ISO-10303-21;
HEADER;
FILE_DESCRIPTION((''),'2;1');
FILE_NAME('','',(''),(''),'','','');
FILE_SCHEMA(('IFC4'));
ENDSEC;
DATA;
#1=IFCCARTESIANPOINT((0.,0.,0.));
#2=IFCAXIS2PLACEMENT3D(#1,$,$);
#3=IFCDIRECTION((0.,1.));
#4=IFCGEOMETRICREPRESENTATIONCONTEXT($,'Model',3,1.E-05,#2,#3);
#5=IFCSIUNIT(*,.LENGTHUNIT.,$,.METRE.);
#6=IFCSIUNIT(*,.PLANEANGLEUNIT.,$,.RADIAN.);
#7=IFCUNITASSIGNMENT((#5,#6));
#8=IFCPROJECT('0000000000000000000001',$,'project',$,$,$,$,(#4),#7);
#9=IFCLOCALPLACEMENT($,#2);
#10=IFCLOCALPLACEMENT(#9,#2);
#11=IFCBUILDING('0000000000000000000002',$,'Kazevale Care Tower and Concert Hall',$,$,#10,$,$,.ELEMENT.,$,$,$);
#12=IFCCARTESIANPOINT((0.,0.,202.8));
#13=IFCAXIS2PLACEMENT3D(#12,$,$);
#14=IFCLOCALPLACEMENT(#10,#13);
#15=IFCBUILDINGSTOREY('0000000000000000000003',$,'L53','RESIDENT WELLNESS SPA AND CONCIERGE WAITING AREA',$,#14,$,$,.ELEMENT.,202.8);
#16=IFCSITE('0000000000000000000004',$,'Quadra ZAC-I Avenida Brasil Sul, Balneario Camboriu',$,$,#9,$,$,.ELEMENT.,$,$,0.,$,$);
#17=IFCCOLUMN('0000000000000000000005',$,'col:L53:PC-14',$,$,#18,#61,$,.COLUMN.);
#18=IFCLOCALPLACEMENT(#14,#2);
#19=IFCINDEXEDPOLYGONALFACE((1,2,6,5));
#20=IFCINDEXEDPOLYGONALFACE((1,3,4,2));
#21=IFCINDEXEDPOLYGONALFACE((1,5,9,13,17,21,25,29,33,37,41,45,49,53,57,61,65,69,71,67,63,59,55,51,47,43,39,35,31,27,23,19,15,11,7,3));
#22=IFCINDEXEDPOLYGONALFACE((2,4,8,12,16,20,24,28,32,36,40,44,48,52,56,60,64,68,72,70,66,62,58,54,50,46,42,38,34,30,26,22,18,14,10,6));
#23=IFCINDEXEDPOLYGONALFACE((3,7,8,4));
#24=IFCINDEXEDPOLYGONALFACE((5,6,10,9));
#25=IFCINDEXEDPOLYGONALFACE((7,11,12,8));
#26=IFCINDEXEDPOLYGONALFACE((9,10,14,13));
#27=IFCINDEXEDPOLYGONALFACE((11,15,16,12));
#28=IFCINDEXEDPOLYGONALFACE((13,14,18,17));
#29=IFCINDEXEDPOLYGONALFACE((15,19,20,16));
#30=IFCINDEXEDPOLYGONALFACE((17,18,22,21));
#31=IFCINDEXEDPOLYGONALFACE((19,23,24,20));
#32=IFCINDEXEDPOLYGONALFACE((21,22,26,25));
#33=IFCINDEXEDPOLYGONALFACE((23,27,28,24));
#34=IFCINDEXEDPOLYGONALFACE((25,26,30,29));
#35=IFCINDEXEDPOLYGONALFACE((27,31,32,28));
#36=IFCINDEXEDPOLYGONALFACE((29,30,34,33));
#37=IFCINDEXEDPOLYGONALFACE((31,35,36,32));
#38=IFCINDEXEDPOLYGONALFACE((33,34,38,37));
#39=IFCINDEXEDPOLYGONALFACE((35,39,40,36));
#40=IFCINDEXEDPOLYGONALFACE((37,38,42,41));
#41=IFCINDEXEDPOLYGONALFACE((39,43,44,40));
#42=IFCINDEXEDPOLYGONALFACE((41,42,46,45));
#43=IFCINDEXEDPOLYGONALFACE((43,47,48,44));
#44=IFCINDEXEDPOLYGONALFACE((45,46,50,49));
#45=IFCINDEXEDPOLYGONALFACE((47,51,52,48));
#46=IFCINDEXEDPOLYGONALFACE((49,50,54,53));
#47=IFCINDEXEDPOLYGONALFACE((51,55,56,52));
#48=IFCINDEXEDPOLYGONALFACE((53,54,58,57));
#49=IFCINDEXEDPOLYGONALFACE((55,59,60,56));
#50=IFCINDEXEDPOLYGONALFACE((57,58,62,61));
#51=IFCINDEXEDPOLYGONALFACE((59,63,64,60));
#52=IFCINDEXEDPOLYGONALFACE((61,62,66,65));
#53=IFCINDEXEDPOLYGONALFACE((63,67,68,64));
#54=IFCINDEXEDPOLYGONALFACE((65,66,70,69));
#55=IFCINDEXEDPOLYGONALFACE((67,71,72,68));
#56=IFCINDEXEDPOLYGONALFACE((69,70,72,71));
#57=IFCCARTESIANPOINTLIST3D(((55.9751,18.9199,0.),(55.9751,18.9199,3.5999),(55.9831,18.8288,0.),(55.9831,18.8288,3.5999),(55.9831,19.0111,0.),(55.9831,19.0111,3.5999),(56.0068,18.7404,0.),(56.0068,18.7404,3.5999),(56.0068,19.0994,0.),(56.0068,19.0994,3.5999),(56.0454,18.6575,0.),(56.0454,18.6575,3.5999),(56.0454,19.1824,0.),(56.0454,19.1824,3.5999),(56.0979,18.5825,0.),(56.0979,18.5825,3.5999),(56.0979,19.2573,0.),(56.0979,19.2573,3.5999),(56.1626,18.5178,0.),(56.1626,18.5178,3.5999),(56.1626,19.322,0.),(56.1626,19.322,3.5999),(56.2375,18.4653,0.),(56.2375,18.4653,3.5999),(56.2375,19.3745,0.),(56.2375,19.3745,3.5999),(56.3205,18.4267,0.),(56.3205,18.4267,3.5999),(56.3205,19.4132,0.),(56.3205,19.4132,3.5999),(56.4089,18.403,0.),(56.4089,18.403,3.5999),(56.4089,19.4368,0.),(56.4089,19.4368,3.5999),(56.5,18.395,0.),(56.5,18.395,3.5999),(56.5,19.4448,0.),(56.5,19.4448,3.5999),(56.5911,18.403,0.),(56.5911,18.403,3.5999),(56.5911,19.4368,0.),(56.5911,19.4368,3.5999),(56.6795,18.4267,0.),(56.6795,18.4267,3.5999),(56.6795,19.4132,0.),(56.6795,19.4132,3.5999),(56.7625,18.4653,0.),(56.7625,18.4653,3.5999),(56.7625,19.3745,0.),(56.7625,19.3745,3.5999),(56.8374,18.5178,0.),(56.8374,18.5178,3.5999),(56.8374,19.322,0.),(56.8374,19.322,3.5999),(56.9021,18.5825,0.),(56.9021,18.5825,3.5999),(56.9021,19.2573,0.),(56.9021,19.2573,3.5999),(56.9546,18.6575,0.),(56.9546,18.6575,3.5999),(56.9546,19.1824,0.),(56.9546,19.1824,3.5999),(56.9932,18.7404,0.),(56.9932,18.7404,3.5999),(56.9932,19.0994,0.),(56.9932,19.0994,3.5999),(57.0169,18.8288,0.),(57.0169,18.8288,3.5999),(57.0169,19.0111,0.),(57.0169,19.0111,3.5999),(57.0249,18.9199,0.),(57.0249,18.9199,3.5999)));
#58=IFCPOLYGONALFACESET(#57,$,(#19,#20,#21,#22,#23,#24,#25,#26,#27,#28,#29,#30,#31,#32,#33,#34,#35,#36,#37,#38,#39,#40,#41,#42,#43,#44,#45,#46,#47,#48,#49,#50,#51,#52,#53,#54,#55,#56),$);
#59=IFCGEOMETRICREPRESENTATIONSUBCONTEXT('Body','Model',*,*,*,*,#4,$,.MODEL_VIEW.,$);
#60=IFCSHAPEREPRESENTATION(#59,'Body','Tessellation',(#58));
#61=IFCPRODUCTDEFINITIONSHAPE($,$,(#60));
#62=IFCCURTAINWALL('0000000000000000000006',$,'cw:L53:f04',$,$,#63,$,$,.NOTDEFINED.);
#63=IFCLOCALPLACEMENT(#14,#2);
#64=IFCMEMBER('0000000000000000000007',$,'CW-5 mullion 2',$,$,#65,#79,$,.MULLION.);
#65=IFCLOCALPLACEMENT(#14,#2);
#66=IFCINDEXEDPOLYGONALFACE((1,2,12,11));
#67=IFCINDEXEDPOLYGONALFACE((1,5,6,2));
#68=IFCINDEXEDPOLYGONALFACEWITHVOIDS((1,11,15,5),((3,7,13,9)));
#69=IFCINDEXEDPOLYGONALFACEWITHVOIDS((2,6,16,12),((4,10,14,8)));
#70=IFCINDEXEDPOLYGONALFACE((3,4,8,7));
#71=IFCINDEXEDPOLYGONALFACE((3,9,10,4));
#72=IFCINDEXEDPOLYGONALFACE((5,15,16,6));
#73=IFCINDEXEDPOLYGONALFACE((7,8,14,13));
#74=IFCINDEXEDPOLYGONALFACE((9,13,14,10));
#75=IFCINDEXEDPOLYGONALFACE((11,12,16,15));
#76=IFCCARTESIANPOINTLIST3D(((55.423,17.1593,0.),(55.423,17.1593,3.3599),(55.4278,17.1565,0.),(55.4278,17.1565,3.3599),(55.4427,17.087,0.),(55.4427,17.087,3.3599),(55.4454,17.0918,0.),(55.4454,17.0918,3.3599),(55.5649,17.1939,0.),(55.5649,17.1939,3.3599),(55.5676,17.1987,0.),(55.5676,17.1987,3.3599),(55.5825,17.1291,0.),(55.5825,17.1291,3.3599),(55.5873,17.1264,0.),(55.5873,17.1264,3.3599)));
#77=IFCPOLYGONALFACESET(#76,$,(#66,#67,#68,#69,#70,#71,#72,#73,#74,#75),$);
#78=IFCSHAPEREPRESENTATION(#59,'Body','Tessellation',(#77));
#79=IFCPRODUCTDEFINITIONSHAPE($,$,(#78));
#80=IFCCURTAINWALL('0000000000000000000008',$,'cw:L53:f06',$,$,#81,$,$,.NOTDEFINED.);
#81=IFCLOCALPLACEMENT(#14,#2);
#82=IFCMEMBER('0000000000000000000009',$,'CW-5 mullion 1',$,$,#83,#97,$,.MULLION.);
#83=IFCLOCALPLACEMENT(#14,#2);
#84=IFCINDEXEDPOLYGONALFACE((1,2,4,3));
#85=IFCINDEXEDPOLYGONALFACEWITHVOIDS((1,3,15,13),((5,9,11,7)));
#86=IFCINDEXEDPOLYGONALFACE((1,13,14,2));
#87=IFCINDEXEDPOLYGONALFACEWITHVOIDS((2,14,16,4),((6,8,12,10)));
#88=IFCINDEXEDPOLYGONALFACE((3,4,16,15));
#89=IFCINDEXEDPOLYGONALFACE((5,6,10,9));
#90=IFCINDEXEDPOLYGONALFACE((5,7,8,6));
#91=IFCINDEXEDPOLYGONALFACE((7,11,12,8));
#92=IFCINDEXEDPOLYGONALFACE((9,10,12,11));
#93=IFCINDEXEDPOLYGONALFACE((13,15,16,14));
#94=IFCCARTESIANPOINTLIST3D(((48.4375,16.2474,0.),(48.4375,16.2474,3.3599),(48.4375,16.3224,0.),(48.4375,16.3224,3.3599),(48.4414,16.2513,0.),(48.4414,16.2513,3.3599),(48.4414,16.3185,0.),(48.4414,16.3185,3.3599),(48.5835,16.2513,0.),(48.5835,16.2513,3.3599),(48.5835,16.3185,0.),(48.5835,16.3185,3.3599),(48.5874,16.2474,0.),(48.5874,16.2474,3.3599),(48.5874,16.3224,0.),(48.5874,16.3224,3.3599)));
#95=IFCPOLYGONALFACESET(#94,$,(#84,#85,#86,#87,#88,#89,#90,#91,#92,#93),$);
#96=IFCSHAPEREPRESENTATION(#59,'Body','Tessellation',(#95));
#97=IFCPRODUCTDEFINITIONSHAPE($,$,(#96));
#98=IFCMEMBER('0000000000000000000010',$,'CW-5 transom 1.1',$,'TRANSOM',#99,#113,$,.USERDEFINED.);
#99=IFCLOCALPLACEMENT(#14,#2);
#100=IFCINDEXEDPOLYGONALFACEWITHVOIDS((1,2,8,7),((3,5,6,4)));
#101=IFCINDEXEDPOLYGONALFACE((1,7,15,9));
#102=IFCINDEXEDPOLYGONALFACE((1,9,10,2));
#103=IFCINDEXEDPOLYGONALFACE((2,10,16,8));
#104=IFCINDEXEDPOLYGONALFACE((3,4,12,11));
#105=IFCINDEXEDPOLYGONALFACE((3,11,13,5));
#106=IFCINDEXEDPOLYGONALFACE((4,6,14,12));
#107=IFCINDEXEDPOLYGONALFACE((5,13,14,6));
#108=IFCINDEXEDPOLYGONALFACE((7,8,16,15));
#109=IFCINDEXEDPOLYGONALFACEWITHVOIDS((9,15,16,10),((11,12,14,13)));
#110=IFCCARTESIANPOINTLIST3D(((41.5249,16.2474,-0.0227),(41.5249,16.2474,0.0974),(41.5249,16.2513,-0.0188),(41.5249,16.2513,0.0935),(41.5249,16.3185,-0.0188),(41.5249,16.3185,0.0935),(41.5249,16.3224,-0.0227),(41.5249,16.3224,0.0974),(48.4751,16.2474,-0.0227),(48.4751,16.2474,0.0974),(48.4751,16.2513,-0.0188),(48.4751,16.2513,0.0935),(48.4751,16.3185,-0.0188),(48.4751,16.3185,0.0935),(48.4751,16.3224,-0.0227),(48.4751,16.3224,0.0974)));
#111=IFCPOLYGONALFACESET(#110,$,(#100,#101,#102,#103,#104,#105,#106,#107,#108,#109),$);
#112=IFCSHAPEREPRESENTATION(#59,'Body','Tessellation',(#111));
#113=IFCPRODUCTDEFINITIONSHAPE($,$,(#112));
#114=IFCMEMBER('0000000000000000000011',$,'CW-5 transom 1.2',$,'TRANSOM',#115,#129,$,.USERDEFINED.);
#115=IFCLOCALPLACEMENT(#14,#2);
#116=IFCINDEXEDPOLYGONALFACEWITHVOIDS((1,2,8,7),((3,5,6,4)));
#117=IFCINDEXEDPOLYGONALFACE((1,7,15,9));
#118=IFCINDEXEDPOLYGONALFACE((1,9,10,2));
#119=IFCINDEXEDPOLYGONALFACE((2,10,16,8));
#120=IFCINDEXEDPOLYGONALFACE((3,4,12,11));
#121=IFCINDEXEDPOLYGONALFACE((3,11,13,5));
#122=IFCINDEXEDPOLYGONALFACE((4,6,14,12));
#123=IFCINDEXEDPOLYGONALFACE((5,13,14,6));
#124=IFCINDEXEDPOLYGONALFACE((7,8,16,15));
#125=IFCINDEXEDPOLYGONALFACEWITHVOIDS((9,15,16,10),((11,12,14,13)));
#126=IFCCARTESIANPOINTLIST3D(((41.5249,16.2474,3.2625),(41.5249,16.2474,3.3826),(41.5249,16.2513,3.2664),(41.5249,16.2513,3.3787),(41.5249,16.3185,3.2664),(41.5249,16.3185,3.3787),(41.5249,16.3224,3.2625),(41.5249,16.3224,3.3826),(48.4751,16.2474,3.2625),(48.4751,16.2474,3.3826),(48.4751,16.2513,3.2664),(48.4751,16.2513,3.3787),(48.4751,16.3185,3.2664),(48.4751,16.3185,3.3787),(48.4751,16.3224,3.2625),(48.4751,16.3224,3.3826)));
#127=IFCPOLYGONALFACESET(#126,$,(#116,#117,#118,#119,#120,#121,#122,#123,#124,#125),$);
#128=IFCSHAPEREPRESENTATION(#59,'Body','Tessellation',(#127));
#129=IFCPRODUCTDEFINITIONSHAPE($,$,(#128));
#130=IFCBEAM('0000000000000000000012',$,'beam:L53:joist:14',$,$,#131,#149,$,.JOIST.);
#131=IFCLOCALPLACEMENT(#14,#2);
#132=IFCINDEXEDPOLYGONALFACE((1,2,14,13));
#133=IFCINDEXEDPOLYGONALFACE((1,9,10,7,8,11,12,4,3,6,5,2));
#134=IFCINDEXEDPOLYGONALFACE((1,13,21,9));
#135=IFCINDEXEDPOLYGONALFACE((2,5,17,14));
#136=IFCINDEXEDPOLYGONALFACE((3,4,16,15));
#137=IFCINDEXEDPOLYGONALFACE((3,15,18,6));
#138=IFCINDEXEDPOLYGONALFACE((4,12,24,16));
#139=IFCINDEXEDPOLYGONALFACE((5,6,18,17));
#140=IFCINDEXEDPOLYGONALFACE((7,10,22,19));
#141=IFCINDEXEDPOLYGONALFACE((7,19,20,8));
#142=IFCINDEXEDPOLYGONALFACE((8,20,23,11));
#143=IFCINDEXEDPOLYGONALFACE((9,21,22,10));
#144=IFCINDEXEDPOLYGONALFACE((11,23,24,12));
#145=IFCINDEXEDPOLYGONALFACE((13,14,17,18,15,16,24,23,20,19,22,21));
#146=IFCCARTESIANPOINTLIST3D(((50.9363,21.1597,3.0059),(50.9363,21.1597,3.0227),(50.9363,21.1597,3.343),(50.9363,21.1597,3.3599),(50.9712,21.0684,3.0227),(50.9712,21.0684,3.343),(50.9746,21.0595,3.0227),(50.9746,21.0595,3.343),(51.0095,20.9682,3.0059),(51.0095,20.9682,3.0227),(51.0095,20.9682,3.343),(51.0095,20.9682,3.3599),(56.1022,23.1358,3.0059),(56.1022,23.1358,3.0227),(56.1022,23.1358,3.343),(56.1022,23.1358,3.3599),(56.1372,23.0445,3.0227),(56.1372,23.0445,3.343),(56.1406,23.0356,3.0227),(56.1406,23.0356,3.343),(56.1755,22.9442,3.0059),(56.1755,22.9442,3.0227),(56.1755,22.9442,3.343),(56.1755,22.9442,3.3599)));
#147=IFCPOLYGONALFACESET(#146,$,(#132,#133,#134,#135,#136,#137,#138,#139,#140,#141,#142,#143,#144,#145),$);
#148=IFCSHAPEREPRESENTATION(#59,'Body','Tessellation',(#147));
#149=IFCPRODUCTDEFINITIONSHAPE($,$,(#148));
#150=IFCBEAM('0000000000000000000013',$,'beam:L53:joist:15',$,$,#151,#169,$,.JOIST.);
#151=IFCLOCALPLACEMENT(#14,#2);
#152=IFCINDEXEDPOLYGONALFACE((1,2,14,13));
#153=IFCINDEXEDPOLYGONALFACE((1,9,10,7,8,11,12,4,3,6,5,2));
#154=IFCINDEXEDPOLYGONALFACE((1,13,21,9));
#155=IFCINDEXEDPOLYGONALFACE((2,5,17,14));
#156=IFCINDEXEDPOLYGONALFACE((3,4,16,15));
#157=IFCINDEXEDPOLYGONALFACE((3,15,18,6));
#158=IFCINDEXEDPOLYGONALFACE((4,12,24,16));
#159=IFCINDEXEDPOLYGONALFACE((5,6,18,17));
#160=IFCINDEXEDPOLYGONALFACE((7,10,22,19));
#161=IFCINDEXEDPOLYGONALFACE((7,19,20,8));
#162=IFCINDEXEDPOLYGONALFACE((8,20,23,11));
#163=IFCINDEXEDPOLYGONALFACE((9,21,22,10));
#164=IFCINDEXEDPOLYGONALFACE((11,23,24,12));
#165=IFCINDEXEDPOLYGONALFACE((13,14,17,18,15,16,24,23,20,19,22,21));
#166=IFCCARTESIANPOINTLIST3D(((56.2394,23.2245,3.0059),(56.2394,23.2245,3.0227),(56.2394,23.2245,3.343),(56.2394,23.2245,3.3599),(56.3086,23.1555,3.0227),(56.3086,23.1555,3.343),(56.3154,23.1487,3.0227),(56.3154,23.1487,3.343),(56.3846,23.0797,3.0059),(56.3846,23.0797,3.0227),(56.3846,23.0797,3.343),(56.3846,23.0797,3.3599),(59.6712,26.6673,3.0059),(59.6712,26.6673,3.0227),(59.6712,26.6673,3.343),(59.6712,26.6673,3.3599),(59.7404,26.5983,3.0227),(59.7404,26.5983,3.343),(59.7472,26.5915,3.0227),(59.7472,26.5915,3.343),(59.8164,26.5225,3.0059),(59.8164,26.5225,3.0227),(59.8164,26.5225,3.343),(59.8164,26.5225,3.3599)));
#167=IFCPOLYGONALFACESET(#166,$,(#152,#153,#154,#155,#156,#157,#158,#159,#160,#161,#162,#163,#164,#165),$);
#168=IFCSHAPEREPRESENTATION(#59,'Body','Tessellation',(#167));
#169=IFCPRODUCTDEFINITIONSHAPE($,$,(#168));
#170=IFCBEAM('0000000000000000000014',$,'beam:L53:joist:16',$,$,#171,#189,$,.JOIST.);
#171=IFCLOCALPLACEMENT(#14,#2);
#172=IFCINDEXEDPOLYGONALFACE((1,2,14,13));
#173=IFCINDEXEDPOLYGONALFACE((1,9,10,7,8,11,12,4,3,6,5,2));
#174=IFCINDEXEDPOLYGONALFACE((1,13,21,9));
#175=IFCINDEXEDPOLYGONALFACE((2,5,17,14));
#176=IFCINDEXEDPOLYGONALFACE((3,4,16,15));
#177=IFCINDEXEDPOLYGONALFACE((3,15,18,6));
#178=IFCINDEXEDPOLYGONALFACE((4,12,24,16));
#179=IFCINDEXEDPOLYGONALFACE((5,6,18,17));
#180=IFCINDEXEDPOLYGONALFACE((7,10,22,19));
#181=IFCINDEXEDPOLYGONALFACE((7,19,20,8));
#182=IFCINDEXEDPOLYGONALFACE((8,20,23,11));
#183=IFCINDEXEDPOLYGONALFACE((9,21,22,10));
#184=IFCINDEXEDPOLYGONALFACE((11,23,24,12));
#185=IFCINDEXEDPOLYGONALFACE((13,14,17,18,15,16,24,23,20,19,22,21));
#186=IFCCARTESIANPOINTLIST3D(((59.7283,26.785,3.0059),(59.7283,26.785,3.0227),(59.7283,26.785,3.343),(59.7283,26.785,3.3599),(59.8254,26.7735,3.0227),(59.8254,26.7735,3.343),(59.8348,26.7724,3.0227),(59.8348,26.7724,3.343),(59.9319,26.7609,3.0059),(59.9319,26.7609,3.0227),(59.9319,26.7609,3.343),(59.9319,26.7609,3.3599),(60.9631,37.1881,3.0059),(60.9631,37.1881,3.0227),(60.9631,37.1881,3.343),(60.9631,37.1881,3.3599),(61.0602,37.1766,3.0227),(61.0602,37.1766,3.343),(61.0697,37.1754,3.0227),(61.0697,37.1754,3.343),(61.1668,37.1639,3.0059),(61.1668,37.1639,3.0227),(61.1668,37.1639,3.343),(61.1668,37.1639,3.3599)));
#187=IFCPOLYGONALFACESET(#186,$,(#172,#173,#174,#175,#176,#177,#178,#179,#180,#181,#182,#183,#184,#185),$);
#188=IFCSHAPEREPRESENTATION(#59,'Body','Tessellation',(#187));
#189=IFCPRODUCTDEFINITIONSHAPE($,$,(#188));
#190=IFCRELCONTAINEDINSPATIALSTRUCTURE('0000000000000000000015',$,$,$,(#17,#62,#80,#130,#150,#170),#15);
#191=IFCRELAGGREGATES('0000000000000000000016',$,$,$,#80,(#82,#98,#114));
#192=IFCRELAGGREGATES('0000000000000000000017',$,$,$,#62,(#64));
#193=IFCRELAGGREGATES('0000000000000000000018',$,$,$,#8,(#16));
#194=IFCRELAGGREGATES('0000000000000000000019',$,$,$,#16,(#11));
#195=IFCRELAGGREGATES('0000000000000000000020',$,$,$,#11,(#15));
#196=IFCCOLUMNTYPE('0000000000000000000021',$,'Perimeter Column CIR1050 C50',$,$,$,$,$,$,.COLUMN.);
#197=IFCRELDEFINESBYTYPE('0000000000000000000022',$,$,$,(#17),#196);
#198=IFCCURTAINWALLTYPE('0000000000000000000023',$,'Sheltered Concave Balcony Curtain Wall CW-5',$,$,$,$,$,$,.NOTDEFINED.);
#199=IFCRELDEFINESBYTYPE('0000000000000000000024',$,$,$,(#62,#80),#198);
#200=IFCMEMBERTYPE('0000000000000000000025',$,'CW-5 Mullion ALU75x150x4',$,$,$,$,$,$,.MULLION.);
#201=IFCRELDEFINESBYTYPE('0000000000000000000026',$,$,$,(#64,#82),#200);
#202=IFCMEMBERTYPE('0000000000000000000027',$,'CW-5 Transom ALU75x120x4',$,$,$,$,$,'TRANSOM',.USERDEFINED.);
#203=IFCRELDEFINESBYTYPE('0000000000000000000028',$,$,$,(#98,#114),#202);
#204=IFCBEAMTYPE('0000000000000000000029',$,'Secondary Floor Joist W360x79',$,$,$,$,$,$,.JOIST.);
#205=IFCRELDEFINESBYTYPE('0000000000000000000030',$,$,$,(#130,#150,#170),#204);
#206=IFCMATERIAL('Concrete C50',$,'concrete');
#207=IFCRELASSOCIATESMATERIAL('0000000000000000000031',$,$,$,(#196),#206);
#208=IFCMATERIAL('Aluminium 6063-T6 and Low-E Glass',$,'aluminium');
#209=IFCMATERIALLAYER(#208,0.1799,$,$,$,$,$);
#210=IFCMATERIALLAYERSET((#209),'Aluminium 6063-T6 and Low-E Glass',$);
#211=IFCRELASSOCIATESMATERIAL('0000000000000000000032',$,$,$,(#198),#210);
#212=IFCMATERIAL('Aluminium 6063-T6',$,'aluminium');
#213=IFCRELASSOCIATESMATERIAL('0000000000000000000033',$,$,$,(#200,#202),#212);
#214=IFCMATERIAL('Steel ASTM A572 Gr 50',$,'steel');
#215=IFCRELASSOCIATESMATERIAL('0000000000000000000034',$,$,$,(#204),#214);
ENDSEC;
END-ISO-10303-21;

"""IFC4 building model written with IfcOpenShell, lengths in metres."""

from ifc_helpers import new_model, si_unit, direction, frame, origin, origin_2d, place, context, subcontext, project, spatial, hollow_rectangle, circle, i_section, extrude, material, layer, layer_set, material_profile, profile_set, type_object, element, aggregate, save


model = new_model("IFC4")

# Units and contexts
model_context = context("Model", 3, precision=1e-05, world=origin(), true_north=direction((0.0, 1.0)))
body_context = subcontext(model_context, "Body", "Model", "MODEL_VIEW")
ifc_project = project(units=[si_unit("LENGTHUNIT", "METRE"), si_unit("PLANEANGLEUNIT", "RADIAN")], contexts=[model_context])

# Site, building, storey
site_placement = place(None, origin())
site = spatial("IfcSite", under=ifc_project, at=site_placement, Name="Quadra ZAC-I Avenida Brasil Sul, Balneario Camboriu", CompositionType="ELEMENT", RefElevation=0.0)
building_placement = place(site_placement, origin())
building = spatial("IfcBuilding", under=site, at=building_placement, Name="Kazevale Care Tower and Concert Hall", CompositionType="ELEMENT")
storey_placement = place(building_placement, frame((0.0, 0.0, 202.8)))
storey = spatial("IfcBuildingStorey", under=building, at=storey_placement, Name="L53", Description="RESIDENT WELLNESS SPA AND CONCIERGE WAITING AREA", CompositionType="ELEMENT", Elevation=202.8)

# Column
ifc_material_1 = material(Name="Concrete C50", Category="concrete")
ifc_material_profile_1 = material_profile(ifc_material_1, circle(Radius=0.5249, at=origin_2d()), Name="RC-CIR1050")
ifc_profile_set_1 = profile_set([ifc_material_profile_1], Name="Concrete C50")
column_type = type_object("IfcColumnType", Name="Perimeter Column CIR1050 C50", PredefinedType="COLUMN", material=ifc_profile_set_1)
column_placement = place(storey_placement, frame((56.5, 18.9199, 0.0), z_axis=(0.0, 0.0, 1.0), x_axis=(1.0, 0.0, 0.0)))
element("IfcColumn", 1, at=column_placement, inside=storey, type_object=column_type, Name="col:L53:PC-14", PredefinedType="COLUMN", context=body_context, shape_type="SweptSolid", body=[
    extrude(circle(Radius=0.5249, at=origin_2d()), origin(), (0.0, 0.0, 1.0), 3.5999),
])

# Curtain wall, member
ifc_material_2 = material(Name="Aluminium 6063-T6 and Low-E Glass", Category="aluminium")
ifc_layer_1 = layer(ifc_material_2, 0.1799)
ifc_layer_set_1 = layer_set([ifc_layer_1], Name="Aluminium 6063-T6 and Low-E Glass")
curtain_wall_type = type_object("IfcCurtainWallType", Name="Sheltered Concave Balcony Curtain Wall CW-5", PredefinedType="NOTDEFINED", material=ifc_layer_set_1)
curtain_wall_1_placement = place(storey_placement, origin())
curtain_wall_1 = element("IfcCurtainWall", 2, at=curtain_wall_1_placement, inside=storey, type_object=curtain_wall_type, Name="cw:L53:f04", PredefinedType="NOTDEFINED")
ifc_material_3 = material(Name="Aluminium 6063-T6", Category="aluminium")
ifc_material_profile_2 = material_profile(ifc_material_3, hollow_rectangle(XDim=0.075, YDim=0.1499, WallThickness=0.0039, at=origin_2d()), Name="ALU75x150x4")
ifc_profile_set_2 = profile_set([ifc_material_profile_2], Name="Aluminium 6063-T6")
member_type_1 = type_object("IfcMemberType", Name="CW-5 Mullion ALU75x150x4", PredefinedType="MULLION", material=ifc_profile_set_2)
member_1_placement = place(storey_placement, frame((55.5051, 17.1428, 0.0), z_axis=(0.0, 0.0, 1.0), x_axis=(0.262849, -0.964837, 0.0)))
member_1 = element("IfcMember", 3, at=member_1_placement, type_object=member_type_1, Name="CW-5 mullion 2", PredefinedType="MULLION", context=body_context, shape_type="SweptSolid", body=[
    extrude(hollow_rectangle(XDim=0.075, YDim=0.1499, WallThickness=0.0039, at=origin_2d()), origin(), (0.0, 0.0, 1.0), 3.3599),
])

# Curtain wall, members
curtain_wall_2_placement = place(storey_placement, origin())
curtain_wall_2 = element("IfcCurtainWall", 4, at=curtain_wall_2_placement, inside=storey, type_object=curtain_wall_type, Name="cw:L53:f06", PredefinedType="NOTDEFINED")
member_2_placement = place(storey_placement, frame((48.5125, 16.2849, 0.0), z_axis=(0.0, 0.0, 1.0), x_axis=(0.0, -1.0, 0.0)))
member_2 = element("IfcMember", 5, at=member_2_placement, type_object=member_type_1, Name="CW-5 mullion 1", PredefinedType="MULLION", context=body_context, shape_type="SweptSolid", body=[
    extrude(hollow_rectangle(XDim=0.075, YDim=0.1499, WallThickness=0.0039, at=origin_2d()), origin(), (0.0, 0.0, 1.0), 3.3599),
])
ifc_material_profile_3 = material_profile(ifc_material_3, hollow_rectangle(XDim=0.075, YDim=0.1201, WallThickness=0.0039, at=origin_2d()), Name="ALU75x120x4")
ifc_profile_set_3 = profile_set([ifc_material_profile_3], Name="Aluminium 6063-T6")
member_type_2 = type_object("IfcMemberType", Name="CW-5 Transom ALU75x120x4", ElementType="TRANSOM", PredefinedType="USERDEFINED", material=ifc_profile_set_3)
member_3_placement = place(storey_placement, frame((48.4751, 16.2849, 0.0374), z_axis=(-1.0, 0.0, 0.0), x_axis=(0.0, -1.0, 0.0)))
member_3 = element("IfcMember", 6, at=member_3_placement, type_object=member_type_2, Name="CW-5 transom 1.1", ObjectType="TRANSOM", PredefinedType="USERDEFINED", context=body_context, shape_type="SweptSolid", body=[
    extrude(hollow_rectangle(XDim=0.075, YDim=0.1201, WallThickness=0.0039, at=origin_2d()), origin(), (0.0, 0.0, 1.0), 6.9502),
])
member_4_placement = place(storey_placement, frame((48.4751, 16.2849, 3.3225), z_axis=(-1.0, 0.0, 0.0), x_axis=(0.0, -1.0, 0.0)))
member_4 = element("IfcMember", 7, at=member_4_placement, type_object=member_type_2, Name="CW-5 transom 1.2", ObjectType="TRANSOM", PredefinedType="USERDEFINED", context=body_context, shape_type="SweptSolid", body=[
    extrude(hollow_rectangle(XDim=0.075, YDim=0.1201, WallThickness=0.0039, at=origin_2d()), origin(), (0.0, 0.0, 1.0), 6.9502),
])
aggregate(curtain_wall_2, [member_2, member_3, member_4])

# Beams
ifc_material_4 = material(Name="Steel ASTM A572 Gr 50", Category="steel")
ifc_material_profile_4 = material_profile(ifc_material_4, i_section(OverallWidth=0.2051, OverallDepth=0.354, WebThickness=0.0095, FlangeThickness=0.0168, at=origin_2d()), Name="W360x79")
ifc_profile_set_4 = profile_set([ifc_material_profile_4], Name="Steel ASTM A572 Gr 50")
beam_type_1 = type_object("IfcBeamType", Name="Secondary Floor Joist W360x79", PredefinedType="JOIST", material=ifc_profile_set_4)
beam_1_placement = place(storey_placement, frame((50.9729, 21.064, 3.1829), z_axis=(0.934002, 0.357269, 0.0), x_axis=(-0.357269, 0.934002, 0.0)))
element("IfcBeam", 8, at=beam_1_placement, inside=storey, type_object=beam_type_1, Name="beam:L53:joist:14", PredefinedType="JOIST", context=body_context, shape_type="SweptSolid", body=[
    extrude(i_section(OverallWidth=0.2051, OverallDepth=0.354, WebThickness=0.0095, FlangeThickness=0.0168, at=origin_2d()), origin(), (0.0, 0.0, 1.0), 5.531),
])
beam_2_placement = place(storey_placement, frame((56.312, 23.1521, 3.1829), z_axis=(0.705976, 0.708236, 0.0), x_axis=(-0.708236, 0.705976, 0.0)))
element("IfcBeam", 9, at=beam_2_placement, inside=storey, type_object=beam_type_1, Name="beam:L53:joist:15", PredefinedType="JOIST", context=body_context, shape_type="SweptSolid", body=[
    extrude(i_section(OverallWidth=0.2051, OverallDepth=0.354, WebThickness=0.0095, FlangeThickness=0.0168, at=origin_2d()), origin(), (0.0, 0.0, 1.0), 4.8611),
])
beam_3_placement = place(storey_placement, frame((59.8301, 26.7729, 3.1829), z_axis=(0.117874, 0.993029, 0.0), x_axis=(-0.993029, 0.117874, 0.0)))
element("IfcBeam", 10, at=beam_3_placement, inside=storey, type_object=beam_type_1, Name="beam:L53:joist:16", PredefinedType="JOIST", context=body_context, shape_type="SweptSolid", body=[
    extrude(i_section(OverallWidth=0.2051, OverallDepth=0.354, WebThickness=0.0095, FlangeThickness=0.0168, at=origin_2d()), origin(), (0.0, 0.0, 1.0), 10.4761),
])

aggregate(curtain_wall_1, [member_1])

save(model, "model.ifc")
